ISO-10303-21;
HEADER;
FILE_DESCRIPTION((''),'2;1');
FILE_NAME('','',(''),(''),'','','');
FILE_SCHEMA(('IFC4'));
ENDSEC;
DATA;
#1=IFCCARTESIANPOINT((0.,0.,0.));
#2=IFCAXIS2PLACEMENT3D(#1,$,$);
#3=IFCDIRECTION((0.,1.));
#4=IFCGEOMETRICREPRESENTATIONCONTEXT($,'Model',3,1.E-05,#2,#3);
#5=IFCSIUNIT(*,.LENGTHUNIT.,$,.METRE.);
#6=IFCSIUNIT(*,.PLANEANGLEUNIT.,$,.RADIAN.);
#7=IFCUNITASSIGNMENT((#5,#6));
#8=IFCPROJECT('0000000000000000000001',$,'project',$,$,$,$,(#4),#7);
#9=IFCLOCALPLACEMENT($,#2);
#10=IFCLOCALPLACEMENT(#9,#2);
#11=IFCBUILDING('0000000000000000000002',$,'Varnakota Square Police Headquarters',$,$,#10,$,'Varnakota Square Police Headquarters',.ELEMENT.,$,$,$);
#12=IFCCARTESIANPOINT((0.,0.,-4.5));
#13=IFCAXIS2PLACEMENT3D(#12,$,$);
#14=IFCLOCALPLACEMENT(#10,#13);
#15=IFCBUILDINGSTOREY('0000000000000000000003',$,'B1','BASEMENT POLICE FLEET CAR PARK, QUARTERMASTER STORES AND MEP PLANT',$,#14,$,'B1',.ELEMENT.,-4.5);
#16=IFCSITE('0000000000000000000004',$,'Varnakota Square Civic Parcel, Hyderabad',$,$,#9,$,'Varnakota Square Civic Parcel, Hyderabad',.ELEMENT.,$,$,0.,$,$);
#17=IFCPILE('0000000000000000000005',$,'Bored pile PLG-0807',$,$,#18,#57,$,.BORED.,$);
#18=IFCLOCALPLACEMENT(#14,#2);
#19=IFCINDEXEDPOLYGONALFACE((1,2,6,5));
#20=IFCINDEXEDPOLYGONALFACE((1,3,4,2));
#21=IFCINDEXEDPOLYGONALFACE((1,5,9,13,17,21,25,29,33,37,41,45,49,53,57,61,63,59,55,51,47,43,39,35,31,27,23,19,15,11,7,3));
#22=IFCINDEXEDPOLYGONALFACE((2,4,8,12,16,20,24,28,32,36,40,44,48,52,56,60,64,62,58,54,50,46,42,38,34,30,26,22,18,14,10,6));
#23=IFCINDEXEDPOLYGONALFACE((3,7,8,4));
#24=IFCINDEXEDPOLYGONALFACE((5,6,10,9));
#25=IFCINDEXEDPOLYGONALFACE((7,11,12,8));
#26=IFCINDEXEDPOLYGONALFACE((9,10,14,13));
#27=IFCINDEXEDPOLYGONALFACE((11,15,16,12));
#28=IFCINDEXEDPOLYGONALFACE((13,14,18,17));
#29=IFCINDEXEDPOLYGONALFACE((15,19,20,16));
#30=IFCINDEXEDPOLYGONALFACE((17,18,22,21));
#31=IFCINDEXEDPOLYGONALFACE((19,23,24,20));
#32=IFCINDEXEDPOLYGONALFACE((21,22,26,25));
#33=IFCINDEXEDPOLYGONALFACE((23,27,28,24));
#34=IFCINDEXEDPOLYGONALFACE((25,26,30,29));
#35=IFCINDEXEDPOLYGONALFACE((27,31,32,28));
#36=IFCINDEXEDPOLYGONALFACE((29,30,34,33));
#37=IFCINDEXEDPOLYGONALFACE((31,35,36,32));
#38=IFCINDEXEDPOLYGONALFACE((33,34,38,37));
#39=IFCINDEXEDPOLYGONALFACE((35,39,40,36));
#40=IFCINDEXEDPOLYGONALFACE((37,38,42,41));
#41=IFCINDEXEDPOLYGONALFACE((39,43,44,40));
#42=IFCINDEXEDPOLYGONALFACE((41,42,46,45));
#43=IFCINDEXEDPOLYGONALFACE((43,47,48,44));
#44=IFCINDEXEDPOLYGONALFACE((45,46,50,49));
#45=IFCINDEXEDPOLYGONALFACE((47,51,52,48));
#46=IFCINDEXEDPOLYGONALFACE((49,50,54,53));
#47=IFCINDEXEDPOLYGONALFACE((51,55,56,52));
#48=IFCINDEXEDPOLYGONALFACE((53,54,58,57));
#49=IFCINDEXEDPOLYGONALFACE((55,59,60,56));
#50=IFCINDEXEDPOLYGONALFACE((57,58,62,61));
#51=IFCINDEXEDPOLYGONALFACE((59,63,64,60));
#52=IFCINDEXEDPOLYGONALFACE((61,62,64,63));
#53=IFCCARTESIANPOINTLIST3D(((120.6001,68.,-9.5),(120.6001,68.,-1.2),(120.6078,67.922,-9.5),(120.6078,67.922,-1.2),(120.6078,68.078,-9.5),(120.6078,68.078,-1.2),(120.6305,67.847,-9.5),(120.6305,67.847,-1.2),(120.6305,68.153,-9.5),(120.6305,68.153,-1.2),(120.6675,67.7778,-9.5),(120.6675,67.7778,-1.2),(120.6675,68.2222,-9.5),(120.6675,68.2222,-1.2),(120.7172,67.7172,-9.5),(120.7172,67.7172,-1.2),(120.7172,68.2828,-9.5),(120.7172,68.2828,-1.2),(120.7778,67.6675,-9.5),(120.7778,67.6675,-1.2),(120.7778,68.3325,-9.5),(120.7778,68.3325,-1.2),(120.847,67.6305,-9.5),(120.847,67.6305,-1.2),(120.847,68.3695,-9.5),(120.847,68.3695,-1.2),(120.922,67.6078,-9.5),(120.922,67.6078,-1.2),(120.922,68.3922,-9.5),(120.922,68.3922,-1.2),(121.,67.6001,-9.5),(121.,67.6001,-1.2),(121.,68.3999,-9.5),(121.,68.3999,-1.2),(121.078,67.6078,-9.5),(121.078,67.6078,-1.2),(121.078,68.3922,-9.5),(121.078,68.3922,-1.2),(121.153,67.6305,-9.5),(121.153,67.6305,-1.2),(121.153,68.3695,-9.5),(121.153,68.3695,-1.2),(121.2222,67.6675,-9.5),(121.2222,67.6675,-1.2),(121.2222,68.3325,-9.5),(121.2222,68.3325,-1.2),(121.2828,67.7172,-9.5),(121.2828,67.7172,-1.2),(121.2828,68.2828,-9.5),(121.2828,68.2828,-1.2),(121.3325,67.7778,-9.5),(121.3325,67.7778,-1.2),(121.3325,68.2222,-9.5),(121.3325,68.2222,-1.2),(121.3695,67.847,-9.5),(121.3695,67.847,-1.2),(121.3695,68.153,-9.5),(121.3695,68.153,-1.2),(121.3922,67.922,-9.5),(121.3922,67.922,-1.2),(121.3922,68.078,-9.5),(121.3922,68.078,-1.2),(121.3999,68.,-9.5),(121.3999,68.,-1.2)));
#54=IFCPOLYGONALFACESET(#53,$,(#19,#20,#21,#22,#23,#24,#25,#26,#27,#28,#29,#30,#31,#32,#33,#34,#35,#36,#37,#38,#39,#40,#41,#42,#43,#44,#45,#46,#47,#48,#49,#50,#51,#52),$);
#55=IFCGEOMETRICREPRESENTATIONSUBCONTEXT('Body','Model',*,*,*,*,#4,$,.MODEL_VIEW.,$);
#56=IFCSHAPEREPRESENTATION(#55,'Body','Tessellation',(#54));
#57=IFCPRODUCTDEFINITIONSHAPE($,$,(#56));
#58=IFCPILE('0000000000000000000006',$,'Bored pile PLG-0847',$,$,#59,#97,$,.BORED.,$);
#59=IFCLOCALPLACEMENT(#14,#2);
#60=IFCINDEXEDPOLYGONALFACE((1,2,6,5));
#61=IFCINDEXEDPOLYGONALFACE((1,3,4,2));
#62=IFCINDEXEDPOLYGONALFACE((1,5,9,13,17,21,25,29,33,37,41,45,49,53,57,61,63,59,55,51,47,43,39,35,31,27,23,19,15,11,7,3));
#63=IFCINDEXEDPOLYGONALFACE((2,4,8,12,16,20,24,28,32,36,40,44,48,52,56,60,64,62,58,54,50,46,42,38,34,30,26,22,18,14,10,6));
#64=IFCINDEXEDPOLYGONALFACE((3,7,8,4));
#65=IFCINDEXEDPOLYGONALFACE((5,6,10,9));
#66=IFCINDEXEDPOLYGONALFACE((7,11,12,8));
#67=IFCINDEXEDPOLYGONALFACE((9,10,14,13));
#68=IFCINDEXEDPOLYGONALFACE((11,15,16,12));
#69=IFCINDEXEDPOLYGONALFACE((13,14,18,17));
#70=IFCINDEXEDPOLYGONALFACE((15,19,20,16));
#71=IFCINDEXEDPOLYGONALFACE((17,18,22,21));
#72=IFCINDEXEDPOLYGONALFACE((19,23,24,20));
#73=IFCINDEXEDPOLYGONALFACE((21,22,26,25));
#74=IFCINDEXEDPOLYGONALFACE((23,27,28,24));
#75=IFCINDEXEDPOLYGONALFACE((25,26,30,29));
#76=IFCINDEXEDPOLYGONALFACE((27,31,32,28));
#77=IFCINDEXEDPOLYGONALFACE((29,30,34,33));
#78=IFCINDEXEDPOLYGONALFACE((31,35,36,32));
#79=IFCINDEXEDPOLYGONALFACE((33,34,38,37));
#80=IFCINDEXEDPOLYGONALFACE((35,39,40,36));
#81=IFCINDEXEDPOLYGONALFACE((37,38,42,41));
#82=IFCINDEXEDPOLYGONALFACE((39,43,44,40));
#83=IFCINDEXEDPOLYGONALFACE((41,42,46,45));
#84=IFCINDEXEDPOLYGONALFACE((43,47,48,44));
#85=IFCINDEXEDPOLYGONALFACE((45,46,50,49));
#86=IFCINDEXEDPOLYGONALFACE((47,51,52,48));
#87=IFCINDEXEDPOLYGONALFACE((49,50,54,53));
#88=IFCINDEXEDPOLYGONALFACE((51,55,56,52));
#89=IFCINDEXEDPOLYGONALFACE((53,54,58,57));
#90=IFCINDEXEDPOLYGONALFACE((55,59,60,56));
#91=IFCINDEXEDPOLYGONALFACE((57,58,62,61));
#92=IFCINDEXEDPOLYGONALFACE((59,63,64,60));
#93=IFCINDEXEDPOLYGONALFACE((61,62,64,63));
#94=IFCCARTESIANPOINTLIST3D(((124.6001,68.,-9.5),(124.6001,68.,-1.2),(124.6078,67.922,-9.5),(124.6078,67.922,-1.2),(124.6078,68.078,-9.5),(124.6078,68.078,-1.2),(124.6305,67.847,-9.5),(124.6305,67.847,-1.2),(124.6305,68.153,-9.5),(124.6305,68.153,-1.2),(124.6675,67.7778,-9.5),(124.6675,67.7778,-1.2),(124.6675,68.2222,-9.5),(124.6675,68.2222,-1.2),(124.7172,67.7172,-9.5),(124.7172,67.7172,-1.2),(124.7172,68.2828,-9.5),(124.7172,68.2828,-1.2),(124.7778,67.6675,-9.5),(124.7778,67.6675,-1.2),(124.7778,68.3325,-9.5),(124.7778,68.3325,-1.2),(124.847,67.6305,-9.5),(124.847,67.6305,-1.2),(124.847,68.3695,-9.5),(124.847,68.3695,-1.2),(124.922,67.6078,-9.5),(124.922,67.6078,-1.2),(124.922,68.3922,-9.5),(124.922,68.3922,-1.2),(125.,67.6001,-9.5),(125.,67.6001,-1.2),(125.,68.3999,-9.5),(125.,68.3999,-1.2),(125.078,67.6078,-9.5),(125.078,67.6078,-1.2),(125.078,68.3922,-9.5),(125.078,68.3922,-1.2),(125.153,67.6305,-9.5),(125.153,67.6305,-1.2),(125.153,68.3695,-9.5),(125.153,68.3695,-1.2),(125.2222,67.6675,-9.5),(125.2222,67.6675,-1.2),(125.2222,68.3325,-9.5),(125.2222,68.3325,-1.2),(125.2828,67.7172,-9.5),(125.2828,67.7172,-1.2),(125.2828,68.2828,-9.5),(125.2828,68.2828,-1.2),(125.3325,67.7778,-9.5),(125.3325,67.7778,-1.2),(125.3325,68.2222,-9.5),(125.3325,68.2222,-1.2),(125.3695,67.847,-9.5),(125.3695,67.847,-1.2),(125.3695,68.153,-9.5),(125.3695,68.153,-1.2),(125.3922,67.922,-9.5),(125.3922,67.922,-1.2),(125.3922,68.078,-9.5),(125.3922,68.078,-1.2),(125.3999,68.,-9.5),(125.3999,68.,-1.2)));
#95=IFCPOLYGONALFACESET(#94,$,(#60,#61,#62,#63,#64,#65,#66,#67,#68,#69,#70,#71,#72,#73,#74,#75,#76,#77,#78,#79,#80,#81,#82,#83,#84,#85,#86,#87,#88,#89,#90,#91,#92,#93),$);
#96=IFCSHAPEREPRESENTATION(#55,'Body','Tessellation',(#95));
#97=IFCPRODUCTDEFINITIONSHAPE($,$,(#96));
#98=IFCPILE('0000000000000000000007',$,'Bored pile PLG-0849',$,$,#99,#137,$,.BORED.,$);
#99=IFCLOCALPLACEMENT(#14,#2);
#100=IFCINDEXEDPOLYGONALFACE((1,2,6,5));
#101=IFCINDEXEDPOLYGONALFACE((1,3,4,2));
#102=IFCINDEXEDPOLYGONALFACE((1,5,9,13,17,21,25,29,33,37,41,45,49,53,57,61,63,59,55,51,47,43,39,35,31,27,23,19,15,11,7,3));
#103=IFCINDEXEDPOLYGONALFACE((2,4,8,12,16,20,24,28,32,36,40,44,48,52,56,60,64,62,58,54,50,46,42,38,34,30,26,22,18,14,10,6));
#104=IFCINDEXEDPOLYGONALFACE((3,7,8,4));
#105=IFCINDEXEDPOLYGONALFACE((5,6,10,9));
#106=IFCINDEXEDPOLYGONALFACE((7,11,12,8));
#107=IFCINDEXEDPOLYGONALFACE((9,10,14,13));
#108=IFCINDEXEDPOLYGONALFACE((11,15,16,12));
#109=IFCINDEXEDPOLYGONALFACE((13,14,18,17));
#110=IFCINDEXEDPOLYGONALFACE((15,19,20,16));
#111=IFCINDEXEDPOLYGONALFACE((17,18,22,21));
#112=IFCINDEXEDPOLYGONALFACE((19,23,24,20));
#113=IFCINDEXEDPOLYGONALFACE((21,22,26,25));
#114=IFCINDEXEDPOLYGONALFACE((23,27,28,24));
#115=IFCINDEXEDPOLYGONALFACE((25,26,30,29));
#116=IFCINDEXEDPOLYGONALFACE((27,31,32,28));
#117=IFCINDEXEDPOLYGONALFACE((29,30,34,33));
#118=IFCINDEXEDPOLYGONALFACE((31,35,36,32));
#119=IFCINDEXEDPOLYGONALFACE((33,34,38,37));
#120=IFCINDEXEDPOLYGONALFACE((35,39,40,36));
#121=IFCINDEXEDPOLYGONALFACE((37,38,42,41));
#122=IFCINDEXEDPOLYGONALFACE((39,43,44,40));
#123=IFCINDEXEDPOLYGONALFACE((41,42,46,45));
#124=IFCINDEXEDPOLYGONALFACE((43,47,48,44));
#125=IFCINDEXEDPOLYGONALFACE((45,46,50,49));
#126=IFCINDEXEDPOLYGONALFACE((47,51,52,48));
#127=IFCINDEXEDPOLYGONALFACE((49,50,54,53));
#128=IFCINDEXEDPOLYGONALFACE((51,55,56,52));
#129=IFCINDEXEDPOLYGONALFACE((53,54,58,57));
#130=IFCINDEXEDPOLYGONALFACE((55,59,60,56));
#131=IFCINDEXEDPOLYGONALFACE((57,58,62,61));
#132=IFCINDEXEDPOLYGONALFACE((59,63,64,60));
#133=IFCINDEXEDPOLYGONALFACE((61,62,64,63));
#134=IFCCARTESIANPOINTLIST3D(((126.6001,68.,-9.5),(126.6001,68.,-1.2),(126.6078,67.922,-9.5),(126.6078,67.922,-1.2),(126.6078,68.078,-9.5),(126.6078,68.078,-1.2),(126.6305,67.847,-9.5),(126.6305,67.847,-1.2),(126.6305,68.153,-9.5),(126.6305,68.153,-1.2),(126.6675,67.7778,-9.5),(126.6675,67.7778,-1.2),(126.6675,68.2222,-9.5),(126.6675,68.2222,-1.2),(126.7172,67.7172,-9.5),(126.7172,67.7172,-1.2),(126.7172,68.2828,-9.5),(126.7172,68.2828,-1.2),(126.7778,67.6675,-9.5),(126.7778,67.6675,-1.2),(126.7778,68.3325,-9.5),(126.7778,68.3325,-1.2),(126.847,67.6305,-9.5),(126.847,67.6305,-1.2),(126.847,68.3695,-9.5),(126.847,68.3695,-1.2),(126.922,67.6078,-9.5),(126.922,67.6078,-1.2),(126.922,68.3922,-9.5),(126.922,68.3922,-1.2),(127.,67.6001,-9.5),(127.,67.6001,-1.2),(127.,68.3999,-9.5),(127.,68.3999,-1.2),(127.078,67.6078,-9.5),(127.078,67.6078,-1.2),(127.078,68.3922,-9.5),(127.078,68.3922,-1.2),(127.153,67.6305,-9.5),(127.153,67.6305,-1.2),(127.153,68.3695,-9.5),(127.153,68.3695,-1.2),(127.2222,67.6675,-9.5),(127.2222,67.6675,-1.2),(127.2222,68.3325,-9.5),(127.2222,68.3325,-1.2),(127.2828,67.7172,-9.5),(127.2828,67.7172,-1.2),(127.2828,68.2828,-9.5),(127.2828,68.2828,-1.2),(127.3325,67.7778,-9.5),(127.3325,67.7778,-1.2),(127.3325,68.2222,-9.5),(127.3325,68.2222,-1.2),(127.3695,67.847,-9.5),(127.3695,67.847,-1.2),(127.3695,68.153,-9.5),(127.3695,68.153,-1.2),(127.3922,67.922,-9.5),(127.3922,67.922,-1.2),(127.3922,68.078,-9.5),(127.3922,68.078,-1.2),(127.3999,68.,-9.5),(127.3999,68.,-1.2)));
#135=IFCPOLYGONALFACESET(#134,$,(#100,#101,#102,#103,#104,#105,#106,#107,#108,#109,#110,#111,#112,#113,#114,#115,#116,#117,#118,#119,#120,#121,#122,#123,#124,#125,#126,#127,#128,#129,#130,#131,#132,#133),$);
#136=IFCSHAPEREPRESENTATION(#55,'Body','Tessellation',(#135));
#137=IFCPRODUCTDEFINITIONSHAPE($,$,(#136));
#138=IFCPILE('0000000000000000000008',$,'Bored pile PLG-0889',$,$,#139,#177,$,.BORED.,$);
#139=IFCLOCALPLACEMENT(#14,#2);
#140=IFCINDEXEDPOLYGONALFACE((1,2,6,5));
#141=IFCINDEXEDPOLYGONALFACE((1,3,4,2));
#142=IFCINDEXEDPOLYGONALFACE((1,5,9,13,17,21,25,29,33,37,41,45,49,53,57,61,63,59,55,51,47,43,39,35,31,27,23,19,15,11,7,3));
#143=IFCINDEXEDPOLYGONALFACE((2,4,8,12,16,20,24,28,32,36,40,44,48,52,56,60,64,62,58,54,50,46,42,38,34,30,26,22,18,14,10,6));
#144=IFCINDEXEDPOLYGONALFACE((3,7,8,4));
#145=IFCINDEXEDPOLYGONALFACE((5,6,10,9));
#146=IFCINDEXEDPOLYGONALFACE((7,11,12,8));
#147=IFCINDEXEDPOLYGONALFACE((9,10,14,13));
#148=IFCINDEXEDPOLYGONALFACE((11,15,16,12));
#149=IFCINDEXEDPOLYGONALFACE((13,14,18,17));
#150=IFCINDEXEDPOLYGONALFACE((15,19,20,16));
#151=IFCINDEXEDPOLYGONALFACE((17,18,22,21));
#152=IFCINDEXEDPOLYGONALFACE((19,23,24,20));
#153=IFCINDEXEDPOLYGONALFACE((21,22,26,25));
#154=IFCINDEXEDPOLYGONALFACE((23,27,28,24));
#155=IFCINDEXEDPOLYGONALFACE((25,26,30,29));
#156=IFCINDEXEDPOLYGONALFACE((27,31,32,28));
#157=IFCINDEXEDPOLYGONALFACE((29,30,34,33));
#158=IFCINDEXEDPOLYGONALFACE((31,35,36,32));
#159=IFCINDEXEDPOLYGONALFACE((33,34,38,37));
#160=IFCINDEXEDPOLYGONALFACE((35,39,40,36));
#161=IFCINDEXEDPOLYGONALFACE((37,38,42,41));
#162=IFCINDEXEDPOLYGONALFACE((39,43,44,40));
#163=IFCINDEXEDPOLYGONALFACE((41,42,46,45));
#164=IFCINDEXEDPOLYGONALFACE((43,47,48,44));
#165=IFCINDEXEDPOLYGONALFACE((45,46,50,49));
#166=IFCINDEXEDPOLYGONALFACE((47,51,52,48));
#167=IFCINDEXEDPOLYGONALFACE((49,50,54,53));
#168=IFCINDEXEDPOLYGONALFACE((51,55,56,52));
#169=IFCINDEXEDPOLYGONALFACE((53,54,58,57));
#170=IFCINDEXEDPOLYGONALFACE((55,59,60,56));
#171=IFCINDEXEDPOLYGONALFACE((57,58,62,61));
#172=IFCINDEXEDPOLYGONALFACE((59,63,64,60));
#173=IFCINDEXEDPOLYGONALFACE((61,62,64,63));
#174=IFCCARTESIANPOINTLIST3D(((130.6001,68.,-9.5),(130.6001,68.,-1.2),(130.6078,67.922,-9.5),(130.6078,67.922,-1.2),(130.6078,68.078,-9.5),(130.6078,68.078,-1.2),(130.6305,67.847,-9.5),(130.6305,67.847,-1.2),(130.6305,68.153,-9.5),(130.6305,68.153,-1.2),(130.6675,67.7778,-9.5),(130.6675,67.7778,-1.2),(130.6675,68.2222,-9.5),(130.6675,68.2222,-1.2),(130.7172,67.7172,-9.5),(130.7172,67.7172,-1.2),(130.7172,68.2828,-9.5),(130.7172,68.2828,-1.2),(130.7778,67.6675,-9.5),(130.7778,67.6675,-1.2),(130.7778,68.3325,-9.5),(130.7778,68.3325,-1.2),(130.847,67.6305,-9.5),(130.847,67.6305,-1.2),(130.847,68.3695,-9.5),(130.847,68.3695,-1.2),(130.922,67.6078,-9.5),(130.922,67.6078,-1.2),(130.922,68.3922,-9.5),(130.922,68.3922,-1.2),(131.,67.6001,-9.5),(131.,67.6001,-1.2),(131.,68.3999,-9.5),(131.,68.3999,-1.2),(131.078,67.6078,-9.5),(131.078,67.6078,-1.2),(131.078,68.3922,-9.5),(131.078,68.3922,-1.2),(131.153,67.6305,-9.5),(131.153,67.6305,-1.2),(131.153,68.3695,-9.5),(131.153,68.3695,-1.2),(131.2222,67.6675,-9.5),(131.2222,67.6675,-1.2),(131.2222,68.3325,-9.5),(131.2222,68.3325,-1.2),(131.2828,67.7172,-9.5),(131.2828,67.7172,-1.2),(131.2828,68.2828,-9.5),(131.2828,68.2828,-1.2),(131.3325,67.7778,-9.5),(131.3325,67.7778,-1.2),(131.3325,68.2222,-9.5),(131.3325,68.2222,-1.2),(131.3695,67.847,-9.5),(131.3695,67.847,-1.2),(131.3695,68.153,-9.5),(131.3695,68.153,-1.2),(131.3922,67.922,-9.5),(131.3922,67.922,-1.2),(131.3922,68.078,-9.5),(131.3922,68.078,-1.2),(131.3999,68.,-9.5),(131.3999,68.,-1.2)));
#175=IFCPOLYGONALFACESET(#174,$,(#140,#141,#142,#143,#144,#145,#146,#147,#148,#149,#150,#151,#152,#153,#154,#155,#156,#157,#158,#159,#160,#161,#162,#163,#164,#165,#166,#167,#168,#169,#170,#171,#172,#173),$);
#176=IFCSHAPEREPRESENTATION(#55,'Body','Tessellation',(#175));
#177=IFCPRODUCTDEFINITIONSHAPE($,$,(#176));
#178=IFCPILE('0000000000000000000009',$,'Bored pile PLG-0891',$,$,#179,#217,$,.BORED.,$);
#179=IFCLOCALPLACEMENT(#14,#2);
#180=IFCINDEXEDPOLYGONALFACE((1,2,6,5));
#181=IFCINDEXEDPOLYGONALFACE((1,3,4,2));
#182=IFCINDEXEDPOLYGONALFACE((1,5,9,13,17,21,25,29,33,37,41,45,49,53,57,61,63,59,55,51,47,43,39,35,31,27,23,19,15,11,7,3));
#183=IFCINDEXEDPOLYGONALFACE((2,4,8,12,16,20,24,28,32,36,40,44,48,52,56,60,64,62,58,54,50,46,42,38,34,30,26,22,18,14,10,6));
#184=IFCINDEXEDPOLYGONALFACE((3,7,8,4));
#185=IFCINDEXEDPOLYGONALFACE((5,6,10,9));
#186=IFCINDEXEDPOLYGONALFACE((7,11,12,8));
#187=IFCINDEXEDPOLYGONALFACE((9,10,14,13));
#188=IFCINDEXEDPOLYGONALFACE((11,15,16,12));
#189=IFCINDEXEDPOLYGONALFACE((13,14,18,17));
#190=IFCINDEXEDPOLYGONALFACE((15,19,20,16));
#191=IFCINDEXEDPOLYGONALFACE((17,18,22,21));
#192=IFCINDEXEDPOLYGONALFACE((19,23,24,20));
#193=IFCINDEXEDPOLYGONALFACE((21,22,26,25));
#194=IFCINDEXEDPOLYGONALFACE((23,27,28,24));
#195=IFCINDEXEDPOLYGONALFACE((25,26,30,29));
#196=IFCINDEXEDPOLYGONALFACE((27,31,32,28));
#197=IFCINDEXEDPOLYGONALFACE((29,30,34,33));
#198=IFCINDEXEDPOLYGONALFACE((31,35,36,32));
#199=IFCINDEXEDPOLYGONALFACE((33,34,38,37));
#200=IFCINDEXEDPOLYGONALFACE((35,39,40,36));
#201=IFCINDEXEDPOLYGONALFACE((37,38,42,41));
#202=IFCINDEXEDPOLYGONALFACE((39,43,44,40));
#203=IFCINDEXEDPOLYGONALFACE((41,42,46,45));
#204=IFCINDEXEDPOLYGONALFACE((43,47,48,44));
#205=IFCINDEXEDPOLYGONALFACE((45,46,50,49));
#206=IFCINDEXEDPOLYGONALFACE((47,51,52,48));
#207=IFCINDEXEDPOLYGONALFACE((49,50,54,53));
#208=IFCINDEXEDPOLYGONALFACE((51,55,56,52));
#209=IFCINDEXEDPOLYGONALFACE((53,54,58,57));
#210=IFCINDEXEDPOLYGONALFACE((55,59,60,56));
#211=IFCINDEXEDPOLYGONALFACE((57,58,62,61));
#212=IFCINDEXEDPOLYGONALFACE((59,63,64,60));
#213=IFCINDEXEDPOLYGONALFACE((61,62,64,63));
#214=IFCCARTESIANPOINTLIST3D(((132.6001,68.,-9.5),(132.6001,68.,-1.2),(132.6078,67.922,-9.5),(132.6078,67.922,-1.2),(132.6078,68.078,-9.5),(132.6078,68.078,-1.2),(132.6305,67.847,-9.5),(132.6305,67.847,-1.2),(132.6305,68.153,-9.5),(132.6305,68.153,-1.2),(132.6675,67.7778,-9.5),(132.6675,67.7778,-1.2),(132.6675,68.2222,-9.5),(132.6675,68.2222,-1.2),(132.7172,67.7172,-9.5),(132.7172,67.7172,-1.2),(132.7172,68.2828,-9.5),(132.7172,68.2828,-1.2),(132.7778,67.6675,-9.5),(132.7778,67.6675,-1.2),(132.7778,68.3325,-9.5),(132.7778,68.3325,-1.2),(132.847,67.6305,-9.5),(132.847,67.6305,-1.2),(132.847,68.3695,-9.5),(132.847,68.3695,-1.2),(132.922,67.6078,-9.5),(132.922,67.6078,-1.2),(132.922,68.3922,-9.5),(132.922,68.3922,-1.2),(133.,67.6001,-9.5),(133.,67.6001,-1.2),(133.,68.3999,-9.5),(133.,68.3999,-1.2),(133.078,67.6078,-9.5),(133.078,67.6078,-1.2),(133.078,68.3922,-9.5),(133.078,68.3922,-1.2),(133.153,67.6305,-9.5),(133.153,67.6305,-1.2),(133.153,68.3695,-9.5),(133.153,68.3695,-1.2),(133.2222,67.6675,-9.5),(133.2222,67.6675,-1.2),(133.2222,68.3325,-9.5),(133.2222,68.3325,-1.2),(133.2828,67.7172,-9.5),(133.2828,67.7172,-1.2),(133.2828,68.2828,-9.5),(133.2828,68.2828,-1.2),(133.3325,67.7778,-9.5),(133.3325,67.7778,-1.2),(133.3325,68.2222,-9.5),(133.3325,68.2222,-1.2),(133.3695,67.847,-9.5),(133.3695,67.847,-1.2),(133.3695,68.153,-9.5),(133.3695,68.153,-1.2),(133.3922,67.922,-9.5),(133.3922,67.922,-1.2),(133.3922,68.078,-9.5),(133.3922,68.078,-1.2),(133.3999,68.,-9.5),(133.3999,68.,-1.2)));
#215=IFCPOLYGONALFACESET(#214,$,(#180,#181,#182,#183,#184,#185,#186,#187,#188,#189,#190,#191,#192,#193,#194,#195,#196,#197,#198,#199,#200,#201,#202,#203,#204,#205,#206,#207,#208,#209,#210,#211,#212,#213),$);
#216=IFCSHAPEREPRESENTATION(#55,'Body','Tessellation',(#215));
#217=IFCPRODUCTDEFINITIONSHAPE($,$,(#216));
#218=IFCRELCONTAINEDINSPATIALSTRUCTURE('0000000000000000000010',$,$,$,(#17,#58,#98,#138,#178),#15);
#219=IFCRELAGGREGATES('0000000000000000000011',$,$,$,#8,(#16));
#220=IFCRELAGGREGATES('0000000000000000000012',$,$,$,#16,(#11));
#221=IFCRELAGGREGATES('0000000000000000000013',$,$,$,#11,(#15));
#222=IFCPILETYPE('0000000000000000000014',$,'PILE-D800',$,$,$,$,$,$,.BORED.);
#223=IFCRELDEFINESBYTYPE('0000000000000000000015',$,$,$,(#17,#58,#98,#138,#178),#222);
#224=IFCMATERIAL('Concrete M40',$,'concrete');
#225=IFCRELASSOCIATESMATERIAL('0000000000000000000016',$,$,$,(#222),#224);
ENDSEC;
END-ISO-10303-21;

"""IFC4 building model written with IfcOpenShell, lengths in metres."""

from ifc_helpers import new_model, si_unit, direction, frame, origin, origin_2d, place, context, subcontext, project, spatial, circle, extrude, material, material_profile, profile_set, type_object, element, save


model = new_model("IFC4")

# Units and contexts
model_context = context("Model", 3, precision=1e-05, world=origin(), true_north=direction((0.0, 1.0)))
body_context = subcontext(model_context, "Body", "Model", "MODEL_VIEW")
ifc_project = project(units=[si_unit("LENGTHUNIT", "METRE"), si_unit("PLANEANGLEUNIT", "RADIAN")], contexts=[model_context])

# Site, building, storey
site_placement = place(None, origin())
site = spatial("IfcSite", under=ifc_project, at=site_placement, Name="Varnakota Square Civic Parcel, Hyderabad", LongName="Varnakota Square Civic Parcel, Hyderabad", CompositionType="ELEMENT", RefElevation=0.0)
building_placement = place(site_placement, origin())
building = spatial("IfcBuilding", under=site, at=building_placement, Name="Varnakota Square Police Headquarters", LongName="Varnakota Square Police Headquarters", CompositionType="ELEMENT")
storey_placement = place(building_placement, frame((0.0, 0.0, -4.5)))
storey = spatial("IfcBuildingStorey", under=building, at=storey_placement, Name="B1", Description="BASEMENT POLICE FLEET CAR PARK, QUARTERMASTER STORES AND MEP PLANT", LongName="B1", CompositionType="ELEMENT", Elevation=-4.5)

# Shared definitions
ifc_material_1 = material(Name="Concrete M40", Category="concrete")

# Piles
ifc_material_profile_1 = material_profile(ifc_material_1, circle(Radius=0.3999, at=origin_2d()), Name="BORED PILE 800")
ifc_profile_set_1 = profile_set([ifc_material_profile_1], Name="Concrete M40")
pile_type_1 = type_object("IfcPileType", Name="PILE-D800", PredefinedType="BORED", material=ifc_profile_set_1)
for number, where, z_axis, x_axis, name in (
    (1, (121.0, 68.0, -1.2), (0.0, 0.0, -1.0), (1.0, 0.0, 0.0), "Bored pile PLG-0807"),
    (2, (125.0, 68.0, -1.2), (0.0, 0.0, -1.0), (1.0, 0.0, 0.0), "Bored pile PLG-0847"),
    (3, (127.0, 68.0, -1.2), (0.0, 0.0, -1.0), (1.0, 0.0, 0.0), "Bored pile PLG-0849"),
    (4, (131.0, 68.0, -1.2), (0.0, 0.0, -1.0), (1.0, 0.0, 0.0), "Bored pile PLG-0889"),
    (5, (133.0, 68.0, -1.2), (0.0, 0.0, -1.0), (1.0, 0.0, 0.0), "Bored pile PLG-0891"),
):
    element("IfcPile", number, at=place(storey_placement, frame(where, z_axis=z_axis, x_axis=x_axis)), inside=storey, type_object=pile_type_1, Name=name, PredefinedType="BORED", context=body_context, shape_type="SweptSolid", body=[
        extrude(circle(Radius=0.3999, at=origin_2d()), origin(), (0.0, 0.0, 1.0), 8.3),
    ])

save(model, "model.ifc")
